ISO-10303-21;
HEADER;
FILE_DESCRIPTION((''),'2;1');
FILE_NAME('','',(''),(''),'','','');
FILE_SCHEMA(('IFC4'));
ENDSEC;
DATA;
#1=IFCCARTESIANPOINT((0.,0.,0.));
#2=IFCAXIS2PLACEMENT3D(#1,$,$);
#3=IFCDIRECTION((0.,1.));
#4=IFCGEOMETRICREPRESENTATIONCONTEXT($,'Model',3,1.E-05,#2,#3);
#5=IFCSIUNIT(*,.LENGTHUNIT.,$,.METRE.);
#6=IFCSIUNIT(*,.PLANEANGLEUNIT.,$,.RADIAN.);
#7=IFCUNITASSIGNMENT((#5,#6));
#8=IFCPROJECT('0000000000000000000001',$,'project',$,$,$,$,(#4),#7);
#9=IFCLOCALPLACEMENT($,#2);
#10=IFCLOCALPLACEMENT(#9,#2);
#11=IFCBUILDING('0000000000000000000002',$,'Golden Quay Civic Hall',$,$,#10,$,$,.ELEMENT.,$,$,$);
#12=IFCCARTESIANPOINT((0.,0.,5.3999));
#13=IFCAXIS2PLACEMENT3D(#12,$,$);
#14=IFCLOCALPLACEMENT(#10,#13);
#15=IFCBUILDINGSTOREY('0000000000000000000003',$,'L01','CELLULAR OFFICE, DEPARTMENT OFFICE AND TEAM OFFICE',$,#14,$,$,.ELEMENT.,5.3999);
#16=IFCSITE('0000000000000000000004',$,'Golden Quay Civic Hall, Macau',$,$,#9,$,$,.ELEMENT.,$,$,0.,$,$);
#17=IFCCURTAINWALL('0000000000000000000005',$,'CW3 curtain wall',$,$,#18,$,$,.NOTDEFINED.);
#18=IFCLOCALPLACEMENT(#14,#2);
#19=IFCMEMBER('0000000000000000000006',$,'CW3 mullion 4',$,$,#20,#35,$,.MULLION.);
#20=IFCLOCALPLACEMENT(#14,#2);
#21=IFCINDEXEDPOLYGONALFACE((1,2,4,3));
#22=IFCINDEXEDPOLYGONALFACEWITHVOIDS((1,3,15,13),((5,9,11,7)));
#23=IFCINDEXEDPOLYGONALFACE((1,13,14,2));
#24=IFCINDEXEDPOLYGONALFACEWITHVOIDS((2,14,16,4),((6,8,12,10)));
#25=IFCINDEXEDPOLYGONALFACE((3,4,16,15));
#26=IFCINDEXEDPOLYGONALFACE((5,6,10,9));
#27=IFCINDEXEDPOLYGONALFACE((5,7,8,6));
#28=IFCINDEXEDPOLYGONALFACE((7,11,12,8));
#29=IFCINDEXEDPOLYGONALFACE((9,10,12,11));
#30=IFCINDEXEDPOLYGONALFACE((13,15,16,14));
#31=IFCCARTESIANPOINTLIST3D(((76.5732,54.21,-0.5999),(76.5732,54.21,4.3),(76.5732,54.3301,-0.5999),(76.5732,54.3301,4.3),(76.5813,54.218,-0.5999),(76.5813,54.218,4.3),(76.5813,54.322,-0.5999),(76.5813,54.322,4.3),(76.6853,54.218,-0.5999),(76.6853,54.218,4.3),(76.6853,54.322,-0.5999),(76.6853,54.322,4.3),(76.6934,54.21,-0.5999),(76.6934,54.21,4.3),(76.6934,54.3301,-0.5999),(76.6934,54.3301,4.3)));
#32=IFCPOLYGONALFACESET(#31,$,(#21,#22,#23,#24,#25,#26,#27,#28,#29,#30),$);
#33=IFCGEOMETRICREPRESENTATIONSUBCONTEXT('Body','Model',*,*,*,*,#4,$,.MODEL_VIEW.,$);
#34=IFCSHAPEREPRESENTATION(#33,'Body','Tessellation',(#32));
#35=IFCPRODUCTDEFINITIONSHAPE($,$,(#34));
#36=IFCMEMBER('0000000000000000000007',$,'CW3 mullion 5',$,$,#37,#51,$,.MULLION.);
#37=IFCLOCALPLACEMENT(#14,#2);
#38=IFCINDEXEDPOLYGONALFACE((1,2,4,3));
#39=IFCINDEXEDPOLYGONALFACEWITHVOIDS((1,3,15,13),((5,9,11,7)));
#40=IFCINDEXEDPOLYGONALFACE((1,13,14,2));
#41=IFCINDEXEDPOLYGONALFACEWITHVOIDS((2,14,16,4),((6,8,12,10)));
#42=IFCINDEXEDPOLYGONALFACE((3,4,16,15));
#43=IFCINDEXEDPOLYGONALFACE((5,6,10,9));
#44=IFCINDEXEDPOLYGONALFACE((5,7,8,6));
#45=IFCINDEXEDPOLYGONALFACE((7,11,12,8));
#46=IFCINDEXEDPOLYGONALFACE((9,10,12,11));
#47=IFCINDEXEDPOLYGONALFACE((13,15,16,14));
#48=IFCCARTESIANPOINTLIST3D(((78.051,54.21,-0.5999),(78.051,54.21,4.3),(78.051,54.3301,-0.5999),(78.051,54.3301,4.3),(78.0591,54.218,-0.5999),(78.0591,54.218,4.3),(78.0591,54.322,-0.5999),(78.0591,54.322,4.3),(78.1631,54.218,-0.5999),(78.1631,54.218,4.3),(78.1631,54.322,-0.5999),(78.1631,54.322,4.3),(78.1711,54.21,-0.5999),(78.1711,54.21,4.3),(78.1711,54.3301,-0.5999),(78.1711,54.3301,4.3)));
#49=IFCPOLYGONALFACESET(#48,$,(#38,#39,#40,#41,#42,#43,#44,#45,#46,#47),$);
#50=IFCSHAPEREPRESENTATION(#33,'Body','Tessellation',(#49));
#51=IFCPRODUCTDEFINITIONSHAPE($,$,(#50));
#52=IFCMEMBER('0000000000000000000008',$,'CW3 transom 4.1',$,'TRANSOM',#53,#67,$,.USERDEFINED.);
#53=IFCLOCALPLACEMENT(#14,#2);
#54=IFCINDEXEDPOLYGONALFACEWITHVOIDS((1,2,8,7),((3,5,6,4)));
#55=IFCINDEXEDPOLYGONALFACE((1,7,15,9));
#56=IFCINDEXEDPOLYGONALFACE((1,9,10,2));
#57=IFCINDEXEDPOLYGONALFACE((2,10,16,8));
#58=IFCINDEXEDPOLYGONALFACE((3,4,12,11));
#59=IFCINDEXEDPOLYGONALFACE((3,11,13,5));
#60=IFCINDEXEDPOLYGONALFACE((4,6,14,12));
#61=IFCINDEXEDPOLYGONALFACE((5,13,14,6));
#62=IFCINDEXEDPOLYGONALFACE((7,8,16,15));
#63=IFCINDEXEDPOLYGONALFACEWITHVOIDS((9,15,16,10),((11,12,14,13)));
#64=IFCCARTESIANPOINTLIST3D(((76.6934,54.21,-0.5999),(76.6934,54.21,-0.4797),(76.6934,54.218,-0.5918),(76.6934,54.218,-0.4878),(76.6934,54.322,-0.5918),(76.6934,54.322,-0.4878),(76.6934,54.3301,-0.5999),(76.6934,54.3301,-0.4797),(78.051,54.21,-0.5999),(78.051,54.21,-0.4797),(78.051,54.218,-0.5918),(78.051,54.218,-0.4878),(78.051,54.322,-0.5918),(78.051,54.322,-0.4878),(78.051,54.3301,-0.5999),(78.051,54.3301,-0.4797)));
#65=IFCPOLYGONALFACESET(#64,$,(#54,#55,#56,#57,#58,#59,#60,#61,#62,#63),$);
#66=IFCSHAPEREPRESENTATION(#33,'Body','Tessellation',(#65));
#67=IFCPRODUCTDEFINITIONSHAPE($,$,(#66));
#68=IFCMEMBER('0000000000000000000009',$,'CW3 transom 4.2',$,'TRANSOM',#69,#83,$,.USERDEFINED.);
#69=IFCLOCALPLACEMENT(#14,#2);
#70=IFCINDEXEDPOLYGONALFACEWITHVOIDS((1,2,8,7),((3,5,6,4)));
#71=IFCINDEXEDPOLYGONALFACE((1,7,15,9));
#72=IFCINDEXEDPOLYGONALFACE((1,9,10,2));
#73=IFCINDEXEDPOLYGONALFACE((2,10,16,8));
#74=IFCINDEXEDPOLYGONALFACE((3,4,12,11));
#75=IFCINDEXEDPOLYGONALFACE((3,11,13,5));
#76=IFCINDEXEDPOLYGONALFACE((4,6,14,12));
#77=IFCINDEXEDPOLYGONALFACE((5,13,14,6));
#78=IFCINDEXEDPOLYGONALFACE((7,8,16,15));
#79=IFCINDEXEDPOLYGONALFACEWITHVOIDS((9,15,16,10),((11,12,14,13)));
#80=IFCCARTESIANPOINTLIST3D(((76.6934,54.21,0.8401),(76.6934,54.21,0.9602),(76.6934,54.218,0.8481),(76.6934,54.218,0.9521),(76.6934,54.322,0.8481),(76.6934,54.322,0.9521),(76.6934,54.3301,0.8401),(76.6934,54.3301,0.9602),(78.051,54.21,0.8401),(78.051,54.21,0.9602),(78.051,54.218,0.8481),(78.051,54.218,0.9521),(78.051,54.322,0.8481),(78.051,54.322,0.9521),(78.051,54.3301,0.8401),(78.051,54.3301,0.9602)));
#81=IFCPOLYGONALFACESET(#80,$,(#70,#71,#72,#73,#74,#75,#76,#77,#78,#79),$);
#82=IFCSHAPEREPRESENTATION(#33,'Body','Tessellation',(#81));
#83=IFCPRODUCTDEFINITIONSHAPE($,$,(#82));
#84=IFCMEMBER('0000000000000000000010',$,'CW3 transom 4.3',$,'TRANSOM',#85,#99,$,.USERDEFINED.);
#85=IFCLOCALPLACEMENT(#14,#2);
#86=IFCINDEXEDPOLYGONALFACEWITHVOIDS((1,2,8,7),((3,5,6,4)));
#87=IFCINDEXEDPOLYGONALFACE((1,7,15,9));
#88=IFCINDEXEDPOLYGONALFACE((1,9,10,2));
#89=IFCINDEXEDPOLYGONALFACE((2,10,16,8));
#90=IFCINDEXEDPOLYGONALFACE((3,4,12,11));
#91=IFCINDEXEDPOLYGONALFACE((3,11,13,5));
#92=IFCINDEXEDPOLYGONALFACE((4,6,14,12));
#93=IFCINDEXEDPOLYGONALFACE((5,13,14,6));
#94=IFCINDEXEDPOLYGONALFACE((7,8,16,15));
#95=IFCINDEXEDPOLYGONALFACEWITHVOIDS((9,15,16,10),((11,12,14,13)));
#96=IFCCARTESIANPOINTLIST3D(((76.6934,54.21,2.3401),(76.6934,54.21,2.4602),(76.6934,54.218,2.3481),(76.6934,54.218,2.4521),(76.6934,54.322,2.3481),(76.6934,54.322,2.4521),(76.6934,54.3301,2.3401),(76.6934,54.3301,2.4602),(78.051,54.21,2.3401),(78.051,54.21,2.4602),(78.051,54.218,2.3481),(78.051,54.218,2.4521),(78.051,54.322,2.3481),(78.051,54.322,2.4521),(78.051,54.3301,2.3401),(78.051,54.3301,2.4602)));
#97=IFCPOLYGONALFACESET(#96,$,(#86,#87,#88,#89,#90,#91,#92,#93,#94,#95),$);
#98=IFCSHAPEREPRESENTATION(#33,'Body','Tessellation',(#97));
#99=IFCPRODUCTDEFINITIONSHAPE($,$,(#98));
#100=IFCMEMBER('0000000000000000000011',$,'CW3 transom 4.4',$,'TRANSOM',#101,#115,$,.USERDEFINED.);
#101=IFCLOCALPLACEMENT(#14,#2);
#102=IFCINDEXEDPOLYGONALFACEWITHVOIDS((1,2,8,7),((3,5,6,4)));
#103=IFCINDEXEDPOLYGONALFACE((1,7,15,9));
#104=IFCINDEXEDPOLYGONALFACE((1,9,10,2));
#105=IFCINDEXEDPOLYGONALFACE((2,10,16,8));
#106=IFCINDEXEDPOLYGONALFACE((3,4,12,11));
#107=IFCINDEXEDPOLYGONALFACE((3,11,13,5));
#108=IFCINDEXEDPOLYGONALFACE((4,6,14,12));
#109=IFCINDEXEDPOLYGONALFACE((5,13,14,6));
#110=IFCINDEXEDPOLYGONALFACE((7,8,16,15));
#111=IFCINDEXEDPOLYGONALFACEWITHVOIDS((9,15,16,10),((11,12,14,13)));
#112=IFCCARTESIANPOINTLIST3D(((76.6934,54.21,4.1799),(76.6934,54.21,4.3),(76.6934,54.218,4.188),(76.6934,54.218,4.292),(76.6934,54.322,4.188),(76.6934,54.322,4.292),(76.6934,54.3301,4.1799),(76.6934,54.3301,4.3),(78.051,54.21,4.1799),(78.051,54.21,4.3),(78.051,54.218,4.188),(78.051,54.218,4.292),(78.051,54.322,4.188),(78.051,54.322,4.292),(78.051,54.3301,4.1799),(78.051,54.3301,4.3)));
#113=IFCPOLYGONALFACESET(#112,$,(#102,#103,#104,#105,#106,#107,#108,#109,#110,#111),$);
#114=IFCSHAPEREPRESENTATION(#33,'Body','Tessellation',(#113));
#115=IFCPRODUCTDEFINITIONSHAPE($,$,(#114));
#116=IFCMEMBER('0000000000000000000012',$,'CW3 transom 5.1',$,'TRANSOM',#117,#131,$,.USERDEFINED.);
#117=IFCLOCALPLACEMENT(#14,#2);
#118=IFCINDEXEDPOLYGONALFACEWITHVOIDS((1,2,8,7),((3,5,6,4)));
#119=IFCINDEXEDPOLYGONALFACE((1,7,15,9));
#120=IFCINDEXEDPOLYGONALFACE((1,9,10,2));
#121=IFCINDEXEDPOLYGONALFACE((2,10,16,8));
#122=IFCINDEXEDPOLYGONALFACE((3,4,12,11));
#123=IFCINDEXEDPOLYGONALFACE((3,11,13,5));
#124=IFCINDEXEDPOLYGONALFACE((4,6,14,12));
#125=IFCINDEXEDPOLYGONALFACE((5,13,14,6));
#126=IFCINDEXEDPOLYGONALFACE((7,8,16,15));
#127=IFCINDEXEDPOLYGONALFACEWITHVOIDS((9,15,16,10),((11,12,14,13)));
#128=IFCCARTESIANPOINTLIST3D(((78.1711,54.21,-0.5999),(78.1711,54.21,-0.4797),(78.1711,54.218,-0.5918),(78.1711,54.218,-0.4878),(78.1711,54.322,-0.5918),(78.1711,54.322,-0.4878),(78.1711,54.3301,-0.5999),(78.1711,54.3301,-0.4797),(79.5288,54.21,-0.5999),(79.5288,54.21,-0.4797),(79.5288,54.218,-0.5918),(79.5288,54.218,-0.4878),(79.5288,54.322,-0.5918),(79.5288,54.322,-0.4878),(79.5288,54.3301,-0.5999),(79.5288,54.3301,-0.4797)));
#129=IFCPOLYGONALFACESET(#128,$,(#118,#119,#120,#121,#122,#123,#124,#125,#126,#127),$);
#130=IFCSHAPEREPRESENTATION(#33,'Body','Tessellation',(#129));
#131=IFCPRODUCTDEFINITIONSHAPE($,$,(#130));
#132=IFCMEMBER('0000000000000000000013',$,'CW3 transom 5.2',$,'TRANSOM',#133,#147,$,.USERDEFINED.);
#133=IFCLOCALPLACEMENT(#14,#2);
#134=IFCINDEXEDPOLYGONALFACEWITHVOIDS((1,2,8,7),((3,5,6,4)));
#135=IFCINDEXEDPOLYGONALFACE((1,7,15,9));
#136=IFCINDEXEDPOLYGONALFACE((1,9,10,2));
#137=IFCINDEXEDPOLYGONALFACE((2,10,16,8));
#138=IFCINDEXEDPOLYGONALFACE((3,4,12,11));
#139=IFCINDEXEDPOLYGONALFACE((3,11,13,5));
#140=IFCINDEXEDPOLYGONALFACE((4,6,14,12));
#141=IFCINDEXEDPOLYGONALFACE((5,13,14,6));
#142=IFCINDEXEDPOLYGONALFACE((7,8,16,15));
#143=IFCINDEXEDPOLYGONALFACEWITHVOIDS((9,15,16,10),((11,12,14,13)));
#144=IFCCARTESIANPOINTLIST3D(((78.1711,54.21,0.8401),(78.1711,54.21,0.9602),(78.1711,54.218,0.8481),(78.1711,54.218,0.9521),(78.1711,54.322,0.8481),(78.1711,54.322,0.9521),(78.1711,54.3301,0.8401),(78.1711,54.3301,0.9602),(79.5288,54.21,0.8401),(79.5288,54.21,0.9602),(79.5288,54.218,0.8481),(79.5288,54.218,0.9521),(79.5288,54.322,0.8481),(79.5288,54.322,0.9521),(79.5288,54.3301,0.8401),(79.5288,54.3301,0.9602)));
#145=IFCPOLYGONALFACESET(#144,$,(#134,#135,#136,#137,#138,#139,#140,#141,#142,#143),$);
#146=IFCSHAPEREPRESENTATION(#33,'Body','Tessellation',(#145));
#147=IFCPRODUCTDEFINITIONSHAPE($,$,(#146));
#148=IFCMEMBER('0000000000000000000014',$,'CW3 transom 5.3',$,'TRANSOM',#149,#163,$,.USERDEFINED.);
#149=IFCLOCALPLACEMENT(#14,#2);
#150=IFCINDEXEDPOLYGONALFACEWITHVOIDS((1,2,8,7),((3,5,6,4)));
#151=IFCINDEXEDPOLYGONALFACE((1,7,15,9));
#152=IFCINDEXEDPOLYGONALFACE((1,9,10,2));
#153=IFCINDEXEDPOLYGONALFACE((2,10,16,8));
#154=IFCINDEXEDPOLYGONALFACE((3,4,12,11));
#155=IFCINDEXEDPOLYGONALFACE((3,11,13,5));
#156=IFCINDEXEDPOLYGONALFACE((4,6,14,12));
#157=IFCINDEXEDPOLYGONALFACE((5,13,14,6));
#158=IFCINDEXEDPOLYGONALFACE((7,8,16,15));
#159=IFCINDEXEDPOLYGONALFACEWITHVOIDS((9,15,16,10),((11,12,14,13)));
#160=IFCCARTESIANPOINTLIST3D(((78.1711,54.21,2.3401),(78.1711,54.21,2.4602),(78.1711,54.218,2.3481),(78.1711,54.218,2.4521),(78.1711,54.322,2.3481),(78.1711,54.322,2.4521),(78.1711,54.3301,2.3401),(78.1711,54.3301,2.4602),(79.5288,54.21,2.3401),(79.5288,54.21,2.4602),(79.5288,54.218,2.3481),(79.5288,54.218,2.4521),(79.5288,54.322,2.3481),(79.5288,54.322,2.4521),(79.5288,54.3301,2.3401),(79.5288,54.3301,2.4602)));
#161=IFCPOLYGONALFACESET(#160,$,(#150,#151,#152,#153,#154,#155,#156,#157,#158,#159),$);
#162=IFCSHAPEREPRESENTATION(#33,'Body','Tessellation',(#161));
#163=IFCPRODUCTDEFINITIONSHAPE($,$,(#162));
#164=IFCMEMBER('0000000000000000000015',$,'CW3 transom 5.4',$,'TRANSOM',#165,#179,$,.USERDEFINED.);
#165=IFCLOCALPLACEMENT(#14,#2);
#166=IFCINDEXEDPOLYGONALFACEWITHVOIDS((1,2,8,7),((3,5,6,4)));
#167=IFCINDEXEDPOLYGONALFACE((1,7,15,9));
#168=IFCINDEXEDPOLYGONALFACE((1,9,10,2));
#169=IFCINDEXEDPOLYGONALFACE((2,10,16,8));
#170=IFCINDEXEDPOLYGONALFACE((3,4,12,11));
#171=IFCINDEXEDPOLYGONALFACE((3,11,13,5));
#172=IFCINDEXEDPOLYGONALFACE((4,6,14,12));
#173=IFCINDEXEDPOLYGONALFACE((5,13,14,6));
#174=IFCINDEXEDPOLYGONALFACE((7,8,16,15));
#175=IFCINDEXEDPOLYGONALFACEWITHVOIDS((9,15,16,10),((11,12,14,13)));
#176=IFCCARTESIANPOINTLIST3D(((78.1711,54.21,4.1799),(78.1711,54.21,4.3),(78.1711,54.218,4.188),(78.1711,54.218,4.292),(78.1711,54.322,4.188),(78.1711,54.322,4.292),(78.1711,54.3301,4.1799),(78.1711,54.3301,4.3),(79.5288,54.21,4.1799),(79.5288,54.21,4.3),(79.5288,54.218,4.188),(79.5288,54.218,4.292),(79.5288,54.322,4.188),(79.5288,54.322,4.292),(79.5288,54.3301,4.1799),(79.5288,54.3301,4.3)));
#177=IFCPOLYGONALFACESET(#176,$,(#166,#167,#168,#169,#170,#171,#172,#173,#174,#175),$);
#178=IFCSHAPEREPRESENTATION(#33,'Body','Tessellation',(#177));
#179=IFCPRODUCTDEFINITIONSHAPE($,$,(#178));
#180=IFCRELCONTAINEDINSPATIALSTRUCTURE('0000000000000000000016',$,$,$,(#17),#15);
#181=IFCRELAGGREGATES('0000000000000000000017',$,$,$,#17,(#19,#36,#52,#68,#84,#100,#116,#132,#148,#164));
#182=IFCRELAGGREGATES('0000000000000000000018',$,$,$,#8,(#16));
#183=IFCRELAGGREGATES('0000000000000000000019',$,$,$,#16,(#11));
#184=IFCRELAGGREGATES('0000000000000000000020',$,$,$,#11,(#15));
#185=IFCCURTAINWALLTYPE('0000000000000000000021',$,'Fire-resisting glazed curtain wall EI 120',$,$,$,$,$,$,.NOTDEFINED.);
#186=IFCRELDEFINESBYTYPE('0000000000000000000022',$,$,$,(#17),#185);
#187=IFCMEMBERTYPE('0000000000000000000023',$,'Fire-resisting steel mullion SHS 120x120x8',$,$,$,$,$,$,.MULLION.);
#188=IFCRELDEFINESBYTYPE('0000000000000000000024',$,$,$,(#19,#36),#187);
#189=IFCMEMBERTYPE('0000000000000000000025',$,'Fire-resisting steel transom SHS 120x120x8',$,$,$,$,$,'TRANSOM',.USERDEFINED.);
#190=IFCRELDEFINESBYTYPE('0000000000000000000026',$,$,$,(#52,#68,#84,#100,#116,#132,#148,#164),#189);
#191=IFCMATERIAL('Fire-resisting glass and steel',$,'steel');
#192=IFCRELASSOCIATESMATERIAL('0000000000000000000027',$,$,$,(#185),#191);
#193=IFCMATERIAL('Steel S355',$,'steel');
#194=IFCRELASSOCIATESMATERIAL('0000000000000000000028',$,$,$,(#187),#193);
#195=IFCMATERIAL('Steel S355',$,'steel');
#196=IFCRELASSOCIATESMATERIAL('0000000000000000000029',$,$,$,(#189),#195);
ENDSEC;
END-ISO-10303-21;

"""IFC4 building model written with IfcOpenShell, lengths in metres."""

from ifc_helpers import new_model, si_unit, direction, frame, origin, origin_2d, place, context, subcontext, project, spatial, hollow_rectangle, extrude, material, material_profile, profile_set, type_object, element, aggregate, save


model = new_model("IFC4")

# Units and contexts
model_context = context("Model", 3, precision=1e-05, world=origin(), true_north=direction((0.0, 1.0)))
body_context = subcontext(model_context, "Body", "Model", "MODEL_VIEW")
ifc_project = project(units=[si_unit("LENGTHUNIT", "METRE"), si_unit("PLANEANGLEUNIT", "RADIAN")], contexts=[model_context])

# Site, building, storey
site_placement = place(None, origin())
site = spatial("IfcSite", under=ifc_project, at=site_placement, Name="Golden Quay Civic Hall, Macau", CompositionType="ELEMENT", RefElevation=0.0)
building_placement = place(site_placement, origin())
building = spatial("IfcBuilding", under=site, at=building_placement, Name="Golden Quay Civic Hall", CompositionType="ELEMENT")
storey_placement = place(building_placement, frame((0.0, 0.0, 5.3999)))
storey = spatial("IfcBuildingStorey", under=building, at=storey_placement, Name="L01", Description="CELLULAR OFFICE, DEPARTMENT OFFICE AND TEAM OFFICE", CompositionType="ELEMENT", Elevation=5.3999)

# Curtain wall, members
ifc_material_1 = material(Name="Fire-resisting glass and steel", Category="steel")
curtain_wall_type_1 = type_object("IfcCurtainWallType", Name="Fire-resisting glazed curtain wall EI 120", PredefinedType="NOTDEFINED", material=ifc_material_1)
curtain_wall_1_placement = place(storey_placement, origin())
curtain_wall_1 = element("IfcCurtainWall", 1, at=curtain_wall_1_placement, inside=storey, type_object=curtain_wall_type_1, Name="CW3 curtain wall", PredefinedType="NOTDEFINED")
ifc_material_2 = material(Name="Steel S355", Category="steel")
ifc_material_profile_1 = material_profile(ifc_material_2, hollow_rectangle(XDim=0.1201, YDim=0.1201, WallThickness=0.0081, at=origin_2d()), Name="SHS 120x120x8")
ifc_profile_set_1 = profile_set([ifc_material_profile_1], Name="Steel S355")
member_type_1 = type_object("IfcMemberType", Name="Fire-resisting steel mullion SHS 120x120x8", PredefinedType="MULLION", material=ifc_profile_set_1)
member_1_placement = place(storey_placement, frame((76.6333, 54.27, -0.5999), z_axis=(0.0, 0.0, 1.0), x_axis=(0.0, 1.0, 0.0)))
member_1 = element("IfcMember", 2, at=member_1_placement, type_object=member_type_1, Name="CW3 mullion 4", PredefinedType="MULLION", context=body_context, shape_type="SweptSolid", body=[
    extrude(hollow_rectangle(XDim=0.1201, YDim=0.1201, WallThickness=0.0081, at=origin_2d()), origin(), (0.0, 0.0, 1.0), 4.8999),
])
member_2_placement = place(storey_placement, frame((78.1111, 54.27, -0.5999), z_axis=(0.0, 0.0, 1.0), x_axis=(0.0, 1.0, 0.0)))
member_2 = element("IfcMember", 3, at=member_2_placement, type_object=member_type_1, Name="CW3 mullion 5", PredefinedType="MULLION", context=body_context, shape_type="SweptSolid", body=[
    extrude(hollow_rectangle(XDim=0.1201, YDim=0.1201, WallThickness=0.0081, at=origin_2d()), origin(), (0.0, 0.0, 1.0), 4.8999),
])
ifc_material_3 = material(Name="Steel S355", Category="steel")
ifc_material_profile_2 = material_profile(ifc_material_3, hollow_rectangle(XDim=0.1201, YDim=0.1201, WallThickness=0.0081, at=origin_2d()), Name="SHS 120x120x8")
ifc_profile_set_2 = profile_set([ifc_material_profile_2], Name="Steel S355")
member_type_2 = type_object("IfcMemberType", Name="Fire-resisting steel transom SHS 120x120x8", ElementType="TRANSOM", PredefinedType="USERDEFINED", material=ifc_profile_set_2)
member_3_placement = place(storey_placement, frame((76.6934, 54.27, -0.5398), z_axis=(1.0, 0.0, 0.0), x_axis=(0.0, 1.0, 0.0)))
member_3 = element("IfcMember", 4, at=member_3_placement, type_object=member_type_2, Name="CW3 transom 4.1", ObjectType="TRANSOM", PredefinedType="USERDEFINED", context=body_context, shape_type="SweptSolid", body=[
    extrude(hollow_rectangle(XDim=0.1201, YDim=0.1201, WallThickness=0.0081, at=origin_2d()), origin(), (0.0, 0.0, 1.0), 1.3577),
])
member_4_placement = place(storey_placement, frame((76.6934, 54.27, 0.9001), z_axis=(1.0, 0.0, 0.0), x_axis=(0.0, 1.0, 0.0)))
member_4 = element("IfcMember", 5, at=member_4_placement, type_object=member_type_2, Name="CW3 transom 4.2", ObjectType="TRANSOM", PredefinedType="USERDEFINED", context=body_context, shape_type="SweptSolid", body=[
    extrude(hollow_rectangle(XDim=0.1201, YDim=0.1201, WallThickness=0.0081, at=origin_2d()), origin(), (0.0, 0.0, 1.0), 1.3577),
])
member_5_placement = place(storey_placement, frame((76.6934, 54.27, 2.4001), z_axis=(1.0, 0.0, 0.0), x_axis=(0.0, 1.0, 0.0)))
member_5 = element("IfcMember", 6, at=member_5_placement, type_object=member_type_2, Name="CW3 transom 4.3", ObjectType="TRANSOM", PredefinedType="USERDEFINED", context=body_context, shape_type="SweptSolid", body=[
    extrude(hollow_rectangle(XDim=0.1201, YDim=0.1201, WallThickness=0.0081, at=origin_2d()), origin(), (0.0, 0.0, 1.0), 1.3577),
])
member_6_placement = place(storey_placement, frame((76.6934, 54.27, 4.24), z_axis=(1.0, 0.0, 0.0), x_axis=(0.0, 1.0, 0.0)))
member_6 = element("IfcMember", 7, at=member_6_placement, type_object=member_type_2, Name="CW3 transom 4.4", ObjectType="TRANSOM", PredefinedType="USERDEFINED", context=body_context, shape_type="SweptSolid", body=[
    extrude(hollow_rectangle(XDim=0.1201, YDim=0.1201, WallThickness=0.0081, at=origin_2d()), origin(), (0.0, 0.0, 1.0), 1.3577),
])
member_7_placement = place(storey_placement, frame((78.1711, 54.27, -0.5398), z_axis=(1.0, 0.0, 0.0), x_axis=(0.0, 1.0, 0.0)))
member_7 = element("IfcMember", 8, at=member_7_placement, type_object=member_type_2, Name="CW3 transom 5.1", ObjectType="TRANSOM", PredefinedType="USERDEFINED", context=body_context, shape_type="SweptSolid", body=[
    extrude(hollow_rectangle(XDim=0.1201, YDim=0.1201, WallThickness=0.0081, at=origin_2d()), origin(), (0.0, 0.0, 1.0), 1.3577),
])
member_8_placement = place(storey_placement, frame((78.1711, 54.27, 0.9001), z_axis=(1.0, 0.0, 0.0), x_axis=(0.0, 1.0, 0.0)))
member_8 = element("IfcMember", 9, at=member_8_placement, type_object=member_type_2, Name="CW3 transom 5.2", ObjectType="TRANSOM", PredefinedType="USERDEFINED", context=body_context, shape_type="SweptSolid", body=[
    extrude(hollow_rectangle(XDim=0.1201, YDim=0.1201, WallThickness=0.0081, at=origin_2d()), origin(), (0.0, 0.0, 1.0), 1.3577),
])
member_9_placement = place(storey_placement, frame((78.1711, 54.27, 2.4001), z_axis=(1.0, 0.0, 0.0), x_axis=(0.0, 1.0, 0.0)))
member_9 = element("IfcMember", 10, at=member_9_placement, type_object=member_type_2, Name="CW3 transom 5.3", ObjectType="TRANSOM", PredefinedType="USERDEFINED", context=body_context, shape_type="SweptSolid", body=[
    extrude(hollow_rectangle(XDim=0.1201, YDim=0.1201, WallThickness=0.0081, at=origin_2d()), origin(), (0.0, 0.0, 1.0), 1.3577),
])
member_10_placement = place(storey_placement, frame((78.1711, 54.27, 4.24), z_axis=(1.0, 0.0, 0.0), x_axis=(0.0, 1.0, 0.0)))
member_10 = element("IfcMember", 11, at=member_10_placement, type_object=member_type_2, Name="CW3 transom 5.4", ObjectType="TRANSOM", PredefinedType="USERDEFINED", context=body_context, shape_type="SweptSolid", body=[
    extrude(hollow_rectangle(XDim=0.1201, YDim=0.1201, WallThickness=0.0081, at=origin_2d()), origin(), (0.0, 0.0, 1.0), 1.3577),
])

aggregate(curtain_wall_1, [member_1, member_2, member_3, member_4, member_5, member_6, member_7, member_8, member_9, member_10])

save(model, "model.ifc")
